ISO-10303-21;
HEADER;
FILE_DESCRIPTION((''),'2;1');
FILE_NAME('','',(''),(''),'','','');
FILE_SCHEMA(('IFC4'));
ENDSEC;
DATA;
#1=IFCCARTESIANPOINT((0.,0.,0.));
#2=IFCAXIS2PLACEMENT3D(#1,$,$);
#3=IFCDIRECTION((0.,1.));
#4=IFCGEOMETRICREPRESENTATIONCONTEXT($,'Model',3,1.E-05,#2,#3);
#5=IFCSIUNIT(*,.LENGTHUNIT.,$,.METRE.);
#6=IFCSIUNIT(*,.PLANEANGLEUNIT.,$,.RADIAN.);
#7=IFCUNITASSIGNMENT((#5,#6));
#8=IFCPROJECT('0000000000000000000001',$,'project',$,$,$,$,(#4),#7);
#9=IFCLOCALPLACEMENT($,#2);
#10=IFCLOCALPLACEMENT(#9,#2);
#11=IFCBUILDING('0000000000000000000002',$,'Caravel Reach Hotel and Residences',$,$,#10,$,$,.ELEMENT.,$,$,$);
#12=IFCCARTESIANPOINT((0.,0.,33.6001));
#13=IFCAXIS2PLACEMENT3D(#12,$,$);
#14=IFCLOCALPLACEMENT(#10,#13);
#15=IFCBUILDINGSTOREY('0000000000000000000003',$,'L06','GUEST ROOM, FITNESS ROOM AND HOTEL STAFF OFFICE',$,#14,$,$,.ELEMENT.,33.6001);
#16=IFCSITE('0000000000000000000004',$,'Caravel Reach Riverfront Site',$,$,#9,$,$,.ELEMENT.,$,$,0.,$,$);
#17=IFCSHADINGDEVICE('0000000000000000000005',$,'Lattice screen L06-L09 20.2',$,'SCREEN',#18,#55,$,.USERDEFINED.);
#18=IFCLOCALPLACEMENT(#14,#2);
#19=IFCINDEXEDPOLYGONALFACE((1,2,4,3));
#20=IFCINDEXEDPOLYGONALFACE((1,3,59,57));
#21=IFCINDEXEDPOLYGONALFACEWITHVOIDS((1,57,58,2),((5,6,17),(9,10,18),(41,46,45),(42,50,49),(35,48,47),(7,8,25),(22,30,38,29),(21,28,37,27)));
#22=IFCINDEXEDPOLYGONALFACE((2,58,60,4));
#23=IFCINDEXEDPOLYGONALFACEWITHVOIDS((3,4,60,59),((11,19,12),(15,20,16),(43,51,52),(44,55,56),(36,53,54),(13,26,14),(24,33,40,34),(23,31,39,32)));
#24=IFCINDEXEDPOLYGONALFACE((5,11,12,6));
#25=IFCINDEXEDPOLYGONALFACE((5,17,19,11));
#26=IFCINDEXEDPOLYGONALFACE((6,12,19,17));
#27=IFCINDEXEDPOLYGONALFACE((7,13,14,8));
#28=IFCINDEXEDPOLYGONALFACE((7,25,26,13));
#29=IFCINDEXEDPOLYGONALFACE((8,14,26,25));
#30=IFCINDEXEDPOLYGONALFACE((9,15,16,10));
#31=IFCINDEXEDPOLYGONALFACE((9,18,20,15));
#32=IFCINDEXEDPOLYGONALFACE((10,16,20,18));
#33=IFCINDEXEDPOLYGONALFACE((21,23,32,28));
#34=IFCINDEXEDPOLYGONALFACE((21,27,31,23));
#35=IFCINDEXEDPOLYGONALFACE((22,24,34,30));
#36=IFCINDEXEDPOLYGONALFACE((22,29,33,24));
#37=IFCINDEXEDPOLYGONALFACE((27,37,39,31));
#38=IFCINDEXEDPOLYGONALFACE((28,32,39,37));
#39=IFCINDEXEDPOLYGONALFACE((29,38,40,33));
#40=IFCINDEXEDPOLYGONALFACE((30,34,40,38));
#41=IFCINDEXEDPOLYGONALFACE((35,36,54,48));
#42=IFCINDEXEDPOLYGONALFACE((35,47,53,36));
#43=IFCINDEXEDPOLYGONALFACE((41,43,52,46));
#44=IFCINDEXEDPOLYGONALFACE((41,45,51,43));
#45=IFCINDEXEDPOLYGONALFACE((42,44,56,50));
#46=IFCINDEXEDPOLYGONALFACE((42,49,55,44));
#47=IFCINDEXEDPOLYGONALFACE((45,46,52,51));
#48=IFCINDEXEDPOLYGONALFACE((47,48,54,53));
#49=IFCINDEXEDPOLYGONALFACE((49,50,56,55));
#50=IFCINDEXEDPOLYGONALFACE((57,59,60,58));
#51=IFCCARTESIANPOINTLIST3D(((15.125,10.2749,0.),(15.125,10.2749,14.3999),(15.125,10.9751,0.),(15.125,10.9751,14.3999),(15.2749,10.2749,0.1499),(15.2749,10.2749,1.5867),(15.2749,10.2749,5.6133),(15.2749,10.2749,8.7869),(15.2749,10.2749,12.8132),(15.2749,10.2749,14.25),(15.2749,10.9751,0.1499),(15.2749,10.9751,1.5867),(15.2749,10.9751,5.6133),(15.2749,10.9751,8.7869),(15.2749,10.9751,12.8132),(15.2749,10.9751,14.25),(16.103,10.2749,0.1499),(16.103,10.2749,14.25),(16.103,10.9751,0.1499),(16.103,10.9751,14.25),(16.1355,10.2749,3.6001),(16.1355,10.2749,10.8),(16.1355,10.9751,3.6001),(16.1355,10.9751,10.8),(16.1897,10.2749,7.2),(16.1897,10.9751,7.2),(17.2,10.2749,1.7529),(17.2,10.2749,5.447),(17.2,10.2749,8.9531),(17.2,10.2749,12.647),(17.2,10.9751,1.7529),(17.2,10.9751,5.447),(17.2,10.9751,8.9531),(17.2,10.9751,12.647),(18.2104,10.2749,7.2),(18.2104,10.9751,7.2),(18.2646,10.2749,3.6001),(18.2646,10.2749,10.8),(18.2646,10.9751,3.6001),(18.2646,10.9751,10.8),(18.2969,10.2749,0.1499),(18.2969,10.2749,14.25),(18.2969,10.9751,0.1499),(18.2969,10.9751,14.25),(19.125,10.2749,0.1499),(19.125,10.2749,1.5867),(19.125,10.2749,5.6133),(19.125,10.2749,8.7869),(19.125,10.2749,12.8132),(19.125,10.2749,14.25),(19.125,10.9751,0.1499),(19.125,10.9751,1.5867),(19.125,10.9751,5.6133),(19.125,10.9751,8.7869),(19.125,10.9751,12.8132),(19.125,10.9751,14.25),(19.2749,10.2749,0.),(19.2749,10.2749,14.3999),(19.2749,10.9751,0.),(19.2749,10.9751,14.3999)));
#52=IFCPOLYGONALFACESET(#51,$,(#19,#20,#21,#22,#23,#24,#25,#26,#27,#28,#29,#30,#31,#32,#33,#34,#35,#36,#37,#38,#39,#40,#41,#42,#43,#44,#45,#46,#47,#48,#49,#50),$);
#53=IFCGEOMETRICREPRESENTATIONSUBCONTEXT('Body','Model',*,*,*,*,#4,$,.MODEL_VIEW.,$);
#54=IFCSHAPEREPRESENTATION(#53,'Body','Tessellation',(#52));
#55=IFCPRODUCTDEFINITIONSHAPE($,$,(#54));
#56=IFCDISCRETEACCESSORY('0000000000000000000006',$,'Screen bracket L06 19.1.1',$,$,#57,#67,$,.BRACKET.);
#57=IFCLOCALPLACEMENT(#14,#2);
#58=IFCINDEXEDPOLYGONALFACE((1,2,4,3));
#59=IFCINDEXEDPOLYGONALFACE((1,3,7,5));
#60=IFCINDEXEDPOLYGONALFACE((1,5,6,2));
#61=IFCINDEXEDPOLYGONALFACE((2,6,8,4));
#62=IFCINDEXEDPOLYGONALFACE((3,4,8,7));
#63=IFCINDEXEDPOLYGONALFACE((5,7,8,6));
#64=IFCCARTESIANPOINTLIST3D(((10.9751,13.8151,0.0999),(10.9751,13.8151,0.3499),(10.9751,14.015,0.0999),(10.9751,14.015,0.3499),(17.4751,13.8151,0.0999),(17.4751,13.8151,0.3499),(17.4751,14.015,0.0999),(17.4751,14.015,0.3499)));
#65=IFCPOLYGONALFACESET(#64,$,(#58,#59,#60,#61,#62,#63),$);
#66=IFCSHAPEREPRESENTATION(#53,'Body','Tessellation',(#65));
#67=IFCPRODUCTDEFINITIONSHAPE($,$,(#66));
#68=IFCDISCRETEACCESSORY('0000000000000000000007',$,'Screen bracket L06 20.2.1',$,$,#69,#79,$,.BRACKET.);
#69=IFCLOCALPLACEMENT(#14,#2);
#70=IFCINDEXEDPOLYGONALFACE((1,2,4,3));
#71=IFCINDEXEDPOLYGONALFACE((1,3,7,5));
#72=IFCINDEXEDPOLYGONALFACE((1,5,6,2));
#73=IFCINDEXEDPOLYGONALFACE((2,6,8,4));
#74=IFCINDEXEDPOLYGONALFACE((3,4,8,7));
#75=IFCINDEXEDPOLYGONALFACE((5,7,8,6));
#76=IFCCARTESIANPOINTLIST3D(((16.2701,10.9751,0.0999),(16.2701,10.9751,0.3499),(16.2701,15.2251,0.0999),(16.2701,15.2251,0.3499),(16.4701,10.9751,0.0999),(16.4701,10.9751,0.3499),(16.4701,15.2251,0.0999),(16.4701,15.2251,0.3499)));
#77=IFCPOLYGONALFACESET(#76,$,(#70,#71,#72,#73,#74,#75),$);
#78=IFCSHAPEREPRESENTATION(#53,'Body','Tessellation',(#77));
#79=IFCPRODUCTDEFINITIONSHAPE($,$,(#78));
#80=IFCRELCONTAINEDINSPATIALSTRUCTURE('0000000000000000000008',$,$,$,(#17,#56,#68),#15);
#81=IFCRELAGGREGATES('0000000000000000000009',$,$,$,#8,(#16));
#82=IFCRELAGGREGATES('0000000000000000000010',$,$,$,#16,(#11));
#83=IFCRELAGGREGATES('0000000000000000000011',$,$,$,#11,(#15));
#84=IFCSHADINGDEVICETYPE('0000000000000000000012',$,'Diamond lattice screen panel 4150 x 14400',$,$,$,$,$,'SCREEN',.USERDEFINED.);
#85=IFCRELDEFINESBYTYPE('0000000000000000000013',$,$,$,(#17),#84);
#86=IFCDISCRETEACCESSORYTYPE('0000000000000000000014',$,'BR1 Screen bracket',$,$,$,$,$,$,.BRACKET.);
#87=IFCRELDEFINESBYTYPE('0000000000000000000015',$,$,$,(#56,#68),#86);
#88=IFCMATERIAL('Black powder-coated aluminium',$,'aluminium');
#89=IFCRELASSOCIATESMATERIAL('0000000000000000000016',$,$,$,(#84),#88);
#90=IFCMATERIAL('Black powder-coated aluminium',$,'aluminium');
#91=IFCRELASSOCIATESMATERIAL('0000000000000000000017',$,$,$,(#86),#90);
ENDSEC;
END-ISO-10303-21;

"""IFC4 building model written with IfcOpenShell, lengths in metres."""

from ifc_helpers import new_model, si_unit, direction, frame, origin, origin_2d, place, context, subcontext, project, spatial, polyline, rectangle, outline, extrude, material, type_object, element, save


model = new_model("IFC4")

# Units and contexts
model_context = context("Model", 3, precision=1e-05, world=origin(), true_north=direction((0.0, 1.0)))
body_context = subcontext(model_context, "Body", "Model", "MODEL_VIEW")
ifc_project = project(units=[si_unit("LENGTHUNIT", "METRE"), si_unit("PLANEANGLEUNIT", "RADIAN")], contexts=[model_context])

# Site, building, storey
site_placement = place(None, origin())
site = spatial("IfcSite", under=ifc_project, at=site_placement, Name="Caravel Reach Riverfront Site", CompositionType="ELEMENT", RefElevation=0.0)
building_placement = place(site_placement, origin())
building = spatial("IfcBuilding", under=site, at=building_placement, Name="Caravel Reach Hotel and Residences", CompositionType="ELEMENT")
storey_placement = place(building_placement, frame((0.0, 0.0, 33.6001)))
storey = spatial("IfcBuildingStorey", under=building, at=storey_placement, Name="L06", Description="GUEST ROOM, FITNESS ROOM AND HOTEL STAFF OFFICE", CompositionType="ELEMENT", Elevation=33.6001)

# Shading device
ifc_material_1 = material(Name="Black powder-coated aluminium", Category="aluminium")
shading_device_type = type_object("IfcShadingDeviceType", Name="Diamond lattice screen panel 4150 x 14400", ElementType="SCREEN", PredefinedType="USERDEFINED", material=ifc_material_1)
shading_device_placement = place(storey_placement, frame((15.125, 10.9751, 0.0), z_axis=(0.0, -1.0, 0.0), x_axis=(1.0, 0.0, 0.0)))
element("IfcShadingDevice", 1, at=shading_device_placement, inside=storey, type_object=shading_device_type, Name="Lattice screen L06-L09 20.2", ObjectType="SCREEN", PredefinedType="USERDEFINED", context=body_context, shape_type="SweptSolid", body=[
    extrude(outline(polyline([(0.0, 0.0), (4.1499, 0.0), (4.1499, 14.3999), (0.0, 14.3999), (0.0, 0.0)]), holes=[polyline([(0.978, 0.1499), (0.1499, 1.5867), (0.1499, 0.1499), (0.978, 0.1499)]), polyline([(1.0647, 7.2), (0.1499, 8.7869), (0.1499, 5.6133), (1.0647, 7.2)]), polyline([(0.1499, 12.8132), (0.978, 14.25), (0.1499, 14.25), (0.1499, 12.8132)]), polyline([(2.075, 5.447), (1.0105, 3.6001), (2.075, 1.7529), (3.1396, 3.6001), (2.075, 5.447)]), polyline([(2.075, 12.647), (1.0105, 10.8), (2.075, 8.9531), (3.1396, 10.8), (2.075, 12.647)]), polyline([(4.0, 1.5867), (3.1719, 0.1499), (4.0, 0.1499), (4.0, 1.5867)]), polyline([(3.0854, 7.2), (4.0, 5.6133), (4.0, 8.7869), (3.0854, 7.2)]), polyline([(3.1719, 14.25), (4.0, 12.8132), (4.0, 14.25), (3.1719, 14.25)])]), origin(), (0.0, 0.0, 1.0), 0.7002),
])

# Discrete accessories
ifc_material_2 = material(Name="Black powder-coated aluminium", Category="aluminium")
discrete_accessory_type = type_object("IfcDiscreteAccessoryType", Name="BR1 Screen bracket", PredefinedType="BRACKET", material=ifc_material_2)
discrete_accessory_1_placement = place(storey_placement, frame((14.2251, 13.915, 0.0999), z_axis=(0.0, 0.0, 1.0), x_axis=(-1.0, 0.0, 0.0)))
element("IfcDiscreteAccessory", 2, at=discrete_accessory_1_placement, inside=storey, type_object=discrete_accessory_type, Name="Screen bracket L06 19.1.1", PredefinedType="BRACKET", context=body_context, shape_type="SweptSolid", body=[
    extrude(rectangle(XDim=6.5, YDim=0.2, at=origin_2d()), origin(), (0.0, 0.0, 1.0), 0.25),
])
discrete_accessory_2_placement = place(storey_placement, frame((16.3701, 13.1001, 0.0999), z_axis=(0.0, 0.0, 1.0), x_axis=(0.0, -1.0, 0.0)))
element("IfcDiscreteAccessory", 3, at=discrete_accessory_2_placement, inside=storey, type_object=discrete_accessory_type, Name="Screen bracket L06 20.2.1", PredefinedType="BRACKET", context=body_context, shape_type="SweptSolid", body=[
    extrude(rectangle(XDim=4.25, YDim=0.2, at=origin_2d()), origin(), (0.0, 0.0, 1.0), 0.25),
])

save(model, "model.ifc")
